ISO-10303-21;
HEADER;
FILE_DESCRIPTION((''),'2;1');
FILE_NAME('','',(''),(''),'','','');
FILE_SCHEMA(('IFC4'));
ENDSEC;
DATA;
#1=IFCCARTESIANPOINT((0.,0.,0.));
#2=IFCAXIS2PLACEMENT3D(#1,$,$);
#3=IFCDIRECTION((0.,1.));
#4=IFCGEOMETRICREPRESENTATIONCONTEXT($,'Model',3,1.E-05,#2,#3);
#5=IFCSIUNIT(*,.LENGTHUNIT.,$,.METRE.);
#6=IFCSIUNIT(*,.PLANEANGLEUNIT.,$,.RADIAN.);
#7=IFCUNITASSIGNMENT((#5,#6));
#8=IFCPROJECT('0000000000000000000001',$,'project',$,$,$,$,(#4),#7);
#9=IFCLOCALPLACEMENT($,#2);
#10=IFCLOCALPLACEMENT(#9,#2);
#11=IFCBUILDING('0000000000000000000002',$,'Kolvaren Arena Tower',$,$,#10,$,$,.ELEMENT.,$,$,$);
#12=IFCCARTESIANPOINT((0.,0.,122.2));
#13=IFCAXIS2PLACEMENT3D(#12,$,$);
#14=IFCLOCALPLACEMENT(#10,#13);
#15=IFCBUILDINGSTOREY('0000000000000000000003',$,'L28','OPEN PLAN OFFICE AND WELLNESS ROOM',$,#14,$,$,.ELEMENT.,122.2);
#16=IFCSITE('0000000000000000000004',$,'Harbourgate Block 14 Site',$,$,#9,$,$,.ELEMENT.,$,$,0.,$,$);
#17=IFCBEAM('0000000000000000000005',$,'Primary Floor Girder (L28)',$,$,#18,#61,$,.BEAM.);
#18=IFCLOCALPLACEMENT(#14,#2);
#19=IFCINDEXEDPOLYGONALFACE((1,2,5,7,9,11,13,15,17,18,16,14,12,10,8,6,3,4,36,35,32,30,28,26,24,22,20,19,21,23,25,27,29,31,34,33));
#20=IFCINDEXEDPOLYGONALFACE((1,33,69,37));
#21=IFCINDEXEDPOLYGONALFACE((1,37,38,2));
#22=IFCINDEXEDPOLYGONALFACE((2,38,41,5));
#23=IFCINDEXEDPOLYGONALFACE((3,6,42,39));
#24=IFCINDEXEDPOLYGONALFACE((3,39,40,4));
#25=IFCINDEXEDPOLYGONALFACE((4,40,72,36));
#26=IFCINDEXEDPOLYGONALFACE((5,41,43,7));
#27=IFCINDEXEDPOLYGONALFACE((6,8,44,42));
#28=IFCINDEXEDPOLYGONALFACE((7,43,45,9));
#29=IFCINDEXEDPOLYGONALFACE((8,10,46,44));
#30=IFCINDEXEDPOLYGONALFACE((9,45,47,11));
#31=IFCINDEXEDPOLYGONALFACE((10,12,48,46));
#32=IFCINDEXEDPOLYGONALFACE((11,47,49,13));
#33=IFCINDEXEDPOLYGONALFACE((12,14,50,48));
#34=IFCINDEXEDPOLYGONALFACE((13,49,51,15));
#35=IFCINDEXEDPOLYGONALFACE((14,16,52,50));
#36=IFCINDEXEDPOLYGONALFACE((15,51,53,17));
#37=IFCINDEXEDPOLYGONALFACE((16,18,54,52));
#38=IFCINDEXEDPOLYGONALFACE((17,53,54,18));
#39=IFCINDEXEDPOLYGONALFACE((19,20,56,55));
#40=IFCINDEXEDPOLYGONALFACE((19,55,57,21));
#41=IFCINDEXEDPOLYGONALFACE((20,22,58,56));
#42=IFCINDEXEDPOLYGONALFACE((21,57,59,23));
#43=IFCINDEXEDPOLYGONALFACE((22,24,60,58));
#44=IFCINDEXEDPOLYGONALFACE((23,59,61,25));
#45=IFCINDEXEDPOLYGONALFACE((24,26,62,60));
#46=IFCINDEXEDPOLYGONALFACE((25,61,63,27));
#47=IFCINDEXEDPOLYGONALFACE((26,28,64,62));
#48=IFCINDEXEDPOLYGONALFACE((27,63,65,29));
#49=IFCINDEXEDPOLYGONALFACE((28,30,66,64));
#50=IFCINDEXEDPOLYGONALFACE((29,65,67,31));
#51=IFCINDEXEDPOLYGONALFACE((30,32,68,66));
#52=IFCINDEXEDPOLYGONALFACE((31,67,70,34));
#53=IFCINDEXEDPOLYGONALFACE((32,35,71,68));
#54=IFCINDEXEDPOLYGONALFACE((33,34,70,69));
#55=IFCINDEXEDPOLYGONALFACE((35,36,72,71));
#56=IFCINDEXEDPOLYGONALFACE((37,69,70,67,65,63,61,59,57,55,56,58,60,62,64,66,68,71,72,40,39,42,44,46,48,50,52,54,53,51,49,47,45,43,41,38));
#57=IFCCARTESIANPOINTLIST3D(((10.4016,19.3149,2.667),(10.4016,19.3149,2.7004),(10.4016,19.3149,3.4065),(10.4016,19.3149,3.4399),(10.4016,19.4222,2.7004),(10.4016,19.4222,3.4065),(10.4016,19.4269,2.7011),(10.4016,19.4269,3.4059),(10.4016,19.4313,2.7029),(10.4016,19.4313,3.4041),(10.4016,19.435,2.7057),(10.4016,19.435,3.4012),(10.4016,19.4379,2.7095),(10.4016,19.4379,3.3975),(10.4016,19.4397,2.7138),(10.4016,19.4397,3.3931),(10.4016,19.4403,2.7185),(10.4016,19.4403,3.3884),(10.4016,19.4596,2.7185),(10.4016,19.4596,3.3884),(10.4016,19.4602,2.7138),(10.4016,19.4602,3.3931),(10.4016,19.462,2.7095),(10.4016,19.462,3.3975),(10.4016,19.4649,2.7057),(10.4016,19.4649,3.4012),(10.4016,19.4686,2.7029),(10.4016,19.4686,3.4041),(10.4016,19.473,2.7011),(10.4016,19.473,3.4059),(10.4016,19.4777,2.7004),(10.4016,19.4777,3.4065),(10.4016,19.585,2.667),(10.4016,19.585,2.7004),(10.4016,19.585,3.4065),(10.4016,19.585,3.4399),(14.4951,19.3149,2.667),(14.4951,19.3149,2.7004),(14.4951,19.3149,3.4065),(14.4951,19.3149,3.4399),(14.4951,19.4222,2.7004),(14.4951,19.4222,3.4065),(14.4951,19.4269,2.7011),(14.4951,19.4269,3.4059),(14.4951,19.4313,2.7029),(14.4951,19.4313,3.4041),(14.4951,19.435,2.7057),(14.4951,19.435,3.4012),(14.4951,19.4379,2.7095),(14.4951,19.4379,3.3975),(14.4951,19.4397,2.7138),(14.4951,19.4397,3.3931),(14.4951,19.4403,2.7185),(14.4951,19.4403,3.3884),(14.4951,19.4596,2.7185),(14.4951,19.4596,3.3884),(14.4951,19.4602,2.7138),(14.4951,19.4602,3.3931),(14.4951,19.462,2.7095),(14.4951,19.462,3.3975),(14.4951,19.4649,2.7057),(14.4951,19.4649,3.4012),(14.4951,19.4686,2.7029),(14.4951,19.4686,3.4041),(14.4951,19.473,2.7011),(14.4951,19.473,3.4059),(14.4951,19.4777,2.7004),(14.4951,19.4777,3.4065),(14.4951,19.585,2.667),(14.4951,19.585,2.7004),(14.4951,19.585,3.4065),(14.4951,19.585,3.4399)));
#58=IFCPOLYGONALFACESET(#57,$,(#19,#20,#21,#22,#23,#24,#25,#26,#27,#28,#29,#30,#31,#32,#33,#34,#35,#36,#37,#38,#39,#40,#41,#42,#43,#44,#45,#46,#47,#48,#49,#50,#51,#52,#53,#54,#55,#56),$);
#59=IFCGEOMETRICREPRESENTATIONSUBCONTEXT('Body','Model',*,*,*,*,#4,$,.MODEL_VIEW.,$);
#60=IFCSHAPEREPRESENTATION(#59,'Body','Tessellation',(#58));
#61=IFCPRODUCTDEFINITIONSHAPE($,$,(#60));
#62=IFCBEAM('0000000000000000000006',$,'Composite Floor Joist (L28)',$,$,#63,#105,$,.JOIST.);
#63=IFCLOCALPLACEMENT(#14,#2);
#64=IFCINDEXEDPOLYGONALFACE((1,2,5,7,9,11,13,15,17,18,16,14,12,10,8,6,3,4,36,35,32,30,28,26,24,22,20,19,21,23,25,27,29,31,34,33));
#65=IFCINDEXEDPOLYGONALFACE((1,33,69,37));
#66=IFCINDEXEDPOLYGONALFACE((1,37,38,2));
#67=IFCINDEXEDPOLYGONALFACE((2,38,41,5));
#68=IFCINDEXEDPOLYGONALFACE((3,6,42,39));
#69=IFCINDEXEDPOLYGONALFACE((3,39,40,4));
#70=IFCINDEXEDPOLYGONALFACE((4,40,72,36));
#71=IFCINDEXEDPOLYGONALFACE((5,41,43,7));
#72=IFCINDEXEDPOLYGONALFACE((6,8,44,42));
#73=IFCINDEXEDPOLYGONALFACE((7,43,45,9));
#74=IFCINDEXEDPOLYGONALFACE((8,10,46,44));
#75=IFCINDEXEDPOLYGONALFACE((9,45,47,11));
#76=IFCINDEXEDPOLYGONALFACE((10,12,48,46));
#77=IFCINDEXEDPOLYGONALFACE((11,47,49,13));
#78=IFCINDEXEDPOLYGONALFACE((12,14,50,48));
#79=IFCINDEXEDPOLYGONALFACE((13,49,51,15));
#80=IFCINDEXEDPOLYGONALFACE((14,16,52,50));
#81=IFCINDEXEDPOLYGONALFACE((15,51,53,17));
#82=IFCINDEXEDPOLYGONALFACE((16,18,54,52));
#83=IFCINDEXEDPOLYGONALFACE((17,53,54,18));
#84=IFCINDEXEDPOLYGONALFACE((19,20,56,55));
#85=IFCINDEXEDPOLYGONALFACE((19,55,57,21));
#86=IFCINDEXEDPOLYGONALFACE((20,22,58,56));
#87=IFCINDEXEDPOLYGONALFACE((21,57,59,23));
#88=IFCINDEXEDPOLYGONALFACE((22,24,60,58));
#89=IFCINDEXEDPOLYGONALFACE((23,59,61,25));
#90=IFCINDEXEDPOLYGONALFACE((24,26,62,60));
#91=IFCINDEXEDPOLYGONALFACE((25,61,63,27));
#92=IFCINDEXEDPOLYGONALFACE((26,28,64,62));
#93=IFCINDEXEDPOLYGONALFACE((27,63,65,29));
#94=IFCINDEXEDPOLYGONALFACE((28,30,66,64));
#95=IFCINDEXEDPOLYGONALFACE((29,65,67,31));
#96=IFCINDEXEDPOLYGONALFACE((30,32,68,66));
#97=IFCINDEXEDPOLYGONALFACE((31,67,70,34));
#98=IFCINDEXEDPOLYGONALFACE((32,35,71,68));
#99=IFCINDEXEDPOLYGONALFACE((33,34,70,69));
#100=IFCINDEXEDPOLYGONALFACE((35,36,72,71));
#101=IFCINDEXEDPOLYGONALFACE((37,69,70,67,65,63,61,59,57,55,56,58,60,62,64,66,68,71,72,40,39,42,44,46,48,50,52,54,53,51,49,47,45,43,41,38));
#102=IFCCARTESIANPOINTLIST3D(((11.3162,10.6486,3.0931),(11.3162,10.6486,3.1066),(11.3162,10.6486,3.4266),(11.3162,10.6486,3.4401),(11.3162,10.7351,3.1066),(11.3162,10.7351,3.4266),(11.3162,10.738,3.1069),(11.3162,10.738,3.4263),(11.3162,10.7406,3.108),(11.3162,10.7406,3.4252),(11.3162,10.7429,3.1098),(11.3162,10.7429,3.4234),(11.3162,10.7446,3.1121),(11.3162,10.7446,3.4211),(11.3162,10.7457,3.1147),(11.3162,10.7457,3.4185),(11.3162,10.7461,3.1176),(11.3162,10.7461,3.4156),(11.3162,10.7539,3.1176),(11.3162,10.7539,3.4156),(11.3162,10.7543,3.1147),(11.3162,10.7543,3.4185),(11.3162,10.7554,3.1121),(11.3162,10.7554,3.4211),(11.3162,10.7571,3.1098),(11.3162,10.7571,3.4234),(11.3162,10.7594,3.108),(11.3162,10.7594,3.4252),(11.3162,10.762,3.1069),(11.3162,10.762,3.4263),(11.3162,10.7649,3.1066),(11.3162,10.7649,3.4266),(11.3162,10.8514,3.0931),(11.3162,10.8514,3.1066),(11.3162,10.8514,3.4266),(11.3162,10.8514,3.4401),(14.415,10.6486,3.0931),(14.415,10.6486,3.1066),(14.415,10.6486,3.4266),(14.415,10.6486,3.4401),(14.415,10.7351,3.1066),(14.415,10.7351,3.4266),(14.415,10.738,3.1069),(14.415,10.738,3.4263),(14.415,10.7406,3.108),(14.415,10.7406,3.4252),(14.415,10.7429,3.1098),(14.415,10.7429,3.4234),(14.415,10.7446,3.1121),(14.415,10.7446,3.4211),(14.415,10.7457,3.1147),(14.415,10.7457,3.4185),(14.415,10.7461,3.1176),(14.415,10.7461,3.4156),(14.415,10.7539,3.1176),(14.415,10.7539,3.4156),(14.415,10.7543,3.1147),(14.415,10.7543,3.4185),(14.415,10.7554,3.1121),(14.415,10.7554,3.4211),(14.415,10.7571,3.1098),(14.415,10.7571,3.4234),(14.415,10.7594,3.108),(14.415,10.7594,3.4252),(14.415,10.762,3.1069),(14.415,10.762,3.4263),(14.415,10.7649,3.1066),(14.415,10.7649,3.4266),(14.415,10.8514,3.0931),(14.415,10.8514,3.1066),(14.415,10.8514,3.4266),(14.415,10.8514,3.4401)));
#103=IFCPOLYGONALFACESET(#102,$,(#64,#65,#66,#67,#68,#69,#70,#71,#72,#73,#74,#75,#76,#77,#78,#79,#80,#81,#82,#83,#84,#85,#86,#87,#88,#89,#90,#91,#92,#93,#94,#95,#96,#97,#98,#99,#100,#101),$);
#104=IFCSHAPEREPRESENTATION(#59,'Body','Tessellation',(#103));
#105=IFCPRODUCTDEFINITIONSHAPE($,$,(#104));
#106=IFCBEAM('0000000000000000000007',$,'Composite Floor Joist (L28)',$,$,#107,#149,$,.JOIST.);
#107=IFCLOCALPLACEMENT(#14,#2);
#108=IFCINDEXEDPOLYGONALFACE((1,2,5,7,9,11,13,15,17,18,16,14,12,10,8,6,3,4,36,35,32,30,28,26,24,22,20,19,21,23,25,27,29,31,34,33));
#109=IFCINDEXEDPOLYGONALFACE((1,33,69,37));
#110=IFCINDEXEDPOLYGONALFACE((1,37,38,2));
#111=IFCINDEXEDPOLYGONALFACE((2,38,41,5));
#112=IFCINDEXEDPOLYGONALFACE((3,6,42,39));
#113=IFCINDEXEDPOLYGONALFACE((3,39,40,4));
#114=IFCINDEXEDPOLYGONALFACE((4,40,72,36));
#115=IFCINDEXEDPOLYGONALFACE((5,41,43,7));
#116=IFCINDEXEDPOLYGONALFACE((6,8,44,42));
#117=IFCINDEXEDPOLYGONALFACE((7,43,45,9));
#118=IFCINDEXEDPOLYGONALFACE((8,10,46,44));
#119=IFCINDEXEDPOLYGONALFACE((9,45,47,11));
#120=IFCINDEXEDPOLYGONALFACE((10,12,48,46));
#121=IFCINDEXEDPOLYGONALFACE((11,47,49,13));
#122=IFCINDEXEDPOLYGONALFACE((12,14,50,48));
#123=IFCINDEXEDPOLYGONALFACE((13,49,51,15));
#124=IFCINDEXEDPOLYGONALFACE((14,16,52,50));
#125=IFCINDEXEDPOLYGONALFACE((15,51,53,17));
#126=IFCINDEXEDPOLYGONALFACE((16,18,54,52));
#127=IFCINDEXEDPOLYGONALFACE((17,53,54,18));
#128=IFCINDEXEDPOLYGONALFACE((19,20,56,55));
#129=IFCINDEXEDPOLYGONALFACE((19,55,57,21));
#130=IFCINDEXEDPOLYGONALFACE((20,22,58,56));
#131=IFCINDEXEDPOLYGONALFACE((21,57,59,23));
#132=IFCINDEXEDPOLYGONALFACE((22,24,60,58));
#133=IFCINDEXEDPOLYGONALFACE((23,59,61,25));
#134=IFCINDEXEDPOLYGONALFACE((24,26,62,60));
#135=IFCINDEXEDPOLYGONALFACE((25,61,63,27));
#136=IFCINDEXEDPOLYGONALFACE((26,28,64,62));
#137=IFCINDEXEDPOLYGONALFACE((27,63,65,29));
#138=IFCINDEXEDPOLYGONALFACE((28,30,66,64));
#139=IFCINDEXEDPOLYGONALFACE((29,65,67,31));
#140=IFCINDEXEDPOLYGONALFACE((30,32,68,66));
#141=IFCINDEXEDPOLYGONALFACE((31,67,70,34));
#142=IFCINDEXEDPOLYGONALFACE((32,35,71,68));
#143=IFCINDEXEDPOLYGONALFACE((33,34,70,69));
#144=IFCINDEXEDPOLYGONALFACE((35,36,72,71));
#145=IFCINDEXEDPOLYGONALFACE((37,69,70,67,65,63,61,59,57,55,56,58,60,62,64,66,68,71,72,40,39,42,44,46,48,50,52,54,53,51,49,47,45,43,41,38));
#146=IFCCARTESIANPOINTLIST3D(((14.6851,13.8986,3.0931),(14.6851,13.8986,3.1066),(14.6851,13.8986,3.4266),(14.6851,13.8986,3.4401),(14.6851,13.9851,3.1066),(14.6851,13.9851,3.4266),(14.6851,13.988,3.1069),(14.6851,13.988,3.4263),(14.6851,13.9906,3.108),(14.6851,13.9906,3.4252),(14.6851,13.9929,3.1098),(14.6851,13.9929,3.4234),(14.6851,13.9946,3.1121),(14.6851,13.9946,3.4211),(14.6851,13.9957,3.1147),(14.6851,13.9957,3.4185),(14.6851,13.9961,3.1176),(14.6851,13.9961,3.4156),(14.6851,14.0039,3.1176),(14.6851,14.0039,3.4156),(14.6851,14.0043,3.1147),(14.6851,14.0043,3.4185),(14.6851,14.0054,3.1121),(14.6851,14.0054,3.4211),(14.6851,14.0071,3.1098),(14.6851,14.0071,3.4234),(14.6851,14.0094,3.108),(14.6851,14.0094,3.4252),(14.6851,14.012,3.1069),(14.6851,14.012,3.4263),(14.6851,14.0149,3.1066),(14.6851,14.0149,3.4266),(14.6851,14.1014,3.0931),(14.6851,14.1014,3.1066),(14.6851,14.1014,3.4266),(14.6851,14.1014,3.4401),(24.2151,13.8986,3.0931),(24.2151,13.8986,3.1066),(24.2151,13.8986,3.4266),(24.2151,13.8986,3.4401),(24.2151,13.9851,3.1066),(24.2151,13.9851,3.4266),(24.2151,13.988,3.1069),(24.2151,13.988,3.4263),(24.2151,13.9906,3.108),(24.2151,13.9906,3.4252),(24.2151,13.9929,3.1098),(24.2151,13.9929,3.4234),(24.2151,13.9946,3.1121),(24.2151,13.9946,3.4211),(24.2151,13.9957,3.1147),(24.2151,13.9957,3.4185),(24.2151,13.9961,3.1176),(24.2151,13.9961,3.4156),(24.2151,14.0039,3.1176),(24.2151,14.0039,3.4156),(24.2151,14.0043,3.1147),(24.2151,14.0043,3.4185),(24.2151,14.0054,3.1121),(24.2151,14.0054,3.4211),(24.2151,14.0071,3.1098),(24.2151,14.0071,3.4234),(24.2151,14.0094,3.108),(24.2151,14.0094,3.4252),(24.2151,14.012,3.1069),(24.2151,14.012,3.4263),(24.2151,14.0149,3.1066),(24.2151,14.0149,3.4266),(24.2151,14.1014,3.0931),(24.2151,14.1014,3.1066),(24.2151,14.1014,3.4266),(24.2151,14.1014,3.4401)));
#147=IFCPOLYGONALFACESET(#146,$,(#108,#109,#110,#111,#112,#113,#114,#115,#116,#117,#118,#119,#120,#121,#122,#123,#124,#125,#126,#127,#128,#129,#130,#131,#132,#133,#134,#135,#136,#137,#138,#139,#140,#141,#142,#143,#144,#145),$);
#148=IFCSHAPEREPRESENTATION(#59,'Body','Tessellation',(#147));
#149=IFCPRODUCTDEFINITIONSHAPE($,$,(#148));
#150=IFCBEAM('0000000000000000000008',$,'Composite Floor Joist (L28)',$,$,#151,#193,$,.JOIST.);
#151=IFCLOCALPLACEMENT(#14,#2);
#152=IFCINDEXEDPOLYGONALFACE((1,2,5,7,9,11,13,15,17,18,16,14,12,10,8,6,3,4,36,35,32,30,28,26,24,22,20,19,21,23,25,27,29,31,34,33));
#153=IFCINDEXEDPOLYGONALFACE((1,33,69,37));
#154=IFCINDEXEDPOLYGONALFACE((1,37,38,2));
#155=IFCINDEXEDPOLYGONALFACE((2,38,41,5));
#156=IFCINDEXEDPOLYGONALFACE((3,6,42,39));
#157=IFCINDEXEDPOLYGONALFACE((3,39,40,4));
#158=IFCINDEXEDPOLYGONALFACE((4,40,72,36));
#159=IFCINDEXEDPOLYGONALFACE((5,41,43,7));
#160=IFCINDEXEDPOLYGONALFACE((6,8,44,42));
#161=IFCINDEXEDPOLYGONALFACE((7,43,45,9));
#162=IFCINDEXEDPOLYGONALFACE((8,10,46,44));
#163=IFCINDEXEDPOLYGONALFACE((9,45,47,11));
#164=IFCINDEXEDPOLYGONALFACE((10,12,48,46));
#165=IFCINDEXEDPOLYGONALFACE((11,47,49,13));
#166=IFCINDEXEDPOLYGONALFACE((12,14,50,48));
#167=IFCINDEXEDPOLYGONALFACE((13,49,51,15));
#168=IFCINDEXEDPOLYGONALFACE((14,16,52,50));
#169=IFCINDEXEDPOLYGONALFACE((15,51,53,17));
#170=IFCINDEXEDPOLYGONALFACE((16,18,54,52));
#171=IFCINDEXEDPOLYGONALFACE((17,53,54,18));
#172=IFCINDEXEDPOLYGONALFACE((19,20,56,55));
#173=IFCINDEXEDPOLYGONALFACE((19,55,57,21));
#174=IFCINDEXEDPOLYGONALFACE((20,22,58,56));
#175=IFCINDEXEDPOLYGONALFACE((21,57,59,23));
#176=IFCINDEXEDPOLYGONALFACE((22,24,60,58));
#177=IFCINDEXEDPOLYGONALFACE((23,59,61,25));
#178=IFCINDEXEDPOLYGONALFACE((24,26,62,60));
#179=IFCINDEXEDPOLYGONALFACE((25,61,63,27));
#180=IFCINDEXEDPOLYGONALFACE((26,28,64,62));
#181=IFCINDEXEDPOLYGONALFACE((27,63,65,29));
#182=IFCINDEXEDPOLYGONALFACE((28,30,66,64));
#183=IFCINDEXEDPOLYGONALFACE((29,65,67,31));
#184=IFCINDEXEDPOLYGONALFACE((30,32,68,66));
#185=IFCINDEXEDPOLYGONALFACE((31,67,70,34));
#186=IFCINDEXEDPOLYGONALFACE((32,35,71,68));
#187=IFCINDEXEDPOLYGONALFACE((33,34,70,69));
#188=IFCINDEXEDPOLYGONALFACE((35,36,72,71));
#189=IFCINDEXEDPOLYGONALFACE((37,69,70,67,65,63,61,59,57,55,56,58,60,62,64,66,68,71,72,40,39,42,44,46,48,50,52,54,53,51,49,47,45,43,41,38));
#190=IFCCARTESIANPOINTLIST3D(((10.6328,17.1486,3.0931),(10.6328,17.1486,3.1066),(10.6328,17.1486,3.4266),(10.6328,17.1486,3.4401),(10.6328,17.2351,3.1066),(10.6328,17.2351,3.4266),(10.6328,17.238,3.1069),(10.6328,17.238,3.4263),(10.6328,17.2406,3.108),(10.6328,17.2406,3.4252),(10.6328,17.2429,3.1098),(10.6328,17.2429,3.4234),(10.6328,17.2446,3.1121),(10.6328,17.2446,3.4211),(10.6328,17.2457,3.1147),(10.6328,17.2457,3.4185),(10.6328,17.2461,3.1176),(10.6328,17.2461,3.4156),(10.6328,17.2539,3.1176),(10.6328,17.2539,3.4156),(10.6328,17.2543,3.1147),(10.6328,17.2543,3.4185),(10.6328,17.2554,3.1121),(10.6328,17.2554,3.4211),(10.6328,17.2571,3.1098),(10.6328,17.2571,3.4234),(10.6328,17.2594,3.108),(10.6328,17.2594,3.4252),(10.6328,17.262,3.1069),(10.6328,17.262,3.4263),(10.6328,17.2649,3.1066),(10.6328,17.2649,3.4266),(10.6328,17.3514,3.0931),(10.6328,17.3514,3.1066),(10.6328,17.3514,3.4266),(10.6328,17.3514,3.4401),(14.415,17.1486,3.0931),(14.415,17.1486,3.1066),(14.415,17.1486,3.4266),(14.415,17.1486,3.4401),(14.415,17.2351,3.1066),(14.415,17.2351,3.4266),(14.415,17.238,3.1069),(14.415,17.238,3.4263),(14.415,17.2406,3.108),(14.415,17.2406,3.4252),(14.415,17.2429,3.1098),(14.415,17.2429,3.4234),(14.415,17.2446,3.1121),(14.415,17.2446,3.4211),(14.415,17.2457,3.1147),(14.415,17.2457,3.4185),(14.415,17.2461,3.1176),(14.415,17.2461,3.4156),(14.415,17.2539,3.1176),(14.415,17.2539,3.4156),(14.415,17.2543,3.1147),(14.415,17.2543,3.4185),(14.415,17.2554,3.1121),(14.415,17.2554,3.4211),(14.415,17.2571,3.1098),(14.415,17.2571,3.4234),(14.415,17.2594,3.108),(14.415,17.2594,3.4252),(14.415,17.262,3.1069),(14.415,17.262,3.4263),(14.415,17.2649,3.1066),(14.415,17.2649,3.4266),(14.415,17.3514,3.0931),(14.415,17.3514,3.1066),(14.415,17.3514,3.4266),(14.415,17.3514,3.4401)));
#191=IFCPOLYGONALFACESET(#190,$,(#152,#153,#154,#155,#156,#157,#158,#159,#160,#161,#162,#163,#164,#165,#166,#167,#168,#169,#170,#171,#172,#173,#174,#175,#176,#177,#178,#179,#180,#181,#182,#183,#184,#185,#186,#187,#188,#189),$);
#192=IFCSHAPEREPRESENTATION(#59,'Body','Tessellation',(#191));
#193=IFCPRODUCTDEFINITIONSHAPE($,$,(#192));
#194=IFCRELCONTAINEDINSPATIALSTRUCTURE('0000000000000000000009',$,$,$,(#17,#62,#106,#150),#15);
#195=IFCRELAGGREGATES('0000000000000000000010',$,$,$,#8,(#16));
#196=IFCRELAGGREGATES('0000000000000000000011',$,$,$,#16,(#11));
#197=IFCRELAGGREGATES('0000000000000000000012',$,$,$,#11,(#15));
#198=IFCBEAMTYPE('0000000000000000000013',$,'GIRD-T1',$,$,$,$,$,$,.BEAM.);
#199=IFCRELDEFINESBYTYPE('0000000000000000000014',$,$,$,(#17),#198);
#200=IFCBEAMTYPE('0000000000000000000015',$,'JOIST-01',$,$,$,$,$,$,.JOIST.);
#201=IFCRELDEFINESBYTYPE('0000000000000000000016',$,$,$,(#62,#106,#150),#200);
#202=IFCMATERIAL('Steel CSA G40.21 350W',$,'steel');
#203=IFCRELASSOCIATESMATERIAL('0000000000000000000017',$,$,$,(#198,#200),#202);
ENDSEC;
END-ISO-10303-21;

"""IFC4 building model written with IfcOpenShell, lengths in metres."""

from ifc_helpers import new_model, si_unit, direction, frame, origin, origin_2d, place, context, subcontext, project, spatial, i_section, extrude, material, material_profile, profile_set, type_object, element, save


model = new_model("IFC4")

# Units and contexts
model_context = context("Model", 3, precision=1e-05, world=origin(), true_north=direction((0.0, 1.0)))
body_context = subcontext(model_context, "Body", "Model", "MODEL_VIEW")
ifc_project = project(units=[si_unit("LENGTHUNIT", "METRE"), si_unit("PLANEANGLEUNIT", "RADIAN")], contexts=[model_context])

# Site, building, storey
site_placement = place(None, origin())
site = spatial("IfcSite", under=ifc_project, at=site_placement, Name="Harbourgate Block 14 Site", CompositionType="ELEMENT", RefElevation=0.0)
building_placement = place(site_placement, origin())
building = spatial("IfcBuilding", under=site, at=building_placement, Name="Kolvaren Arena Tower", CompositionType="ELEMENT")
storey_placement = place(building_placement, frame((0.0, 0.0, 122.2)))
storey = spatial("IfcBuildingStorey", under=building, at=storey_placement, Name="L28", Description="OPEN PLAN OFFICE AND WELLNESS ROOM", CompositionType="ELEMENT", Elevation=122.2)

# Beams
ifc_material_1 = material(Name="Steel CSA G40.21 350W", Category="steel")
ifc_material_profile_1 = material_profile(ifc_material_1, i_section(OverallWidth=0.27, OverallDepth=0.7729, WebThickness=0.0193, FlangeThickness=0.0334, FilletRadius=0.0181, at=origin_2d()), Name="W760x257")
ifc_profile_set_1 = profile_set([ifc_material_profile_1], Name="Steel CSA G40.21 350W")
beam_type_1 = type_object("IfcBeamType", Name="GIRD-T1", PredefinedType="BEAM", material=ifc_profile_set_1)
beam_1_placement = place(storey_placement, frame((10.4016, 19.45, 3.0535), z_axis=(1.0, 0.0, 0.0), x_axis=(0.0, 1.0, 0.0)))
element("IfcBeam", 1, at=beam_1_placement, inside=storey, type_object=beam_type_1, Name="Primary Floor Girder (L28)", PredefinedType="BEAM", context=body_context, shape_type="SweptSolid", body=[
    extrude(i_section(OverallWidth=0.27, OverallDepth=0.7729, WebThickness=0.0193, FlangeThickness=0.0334, FilletRadius=0.0181, at=origin_2d()), origin(), (0.0, 0.0, 1.0), 4.0935),
])
ifc_material_profile_2 = material_profile(ifc_material_1, i_section(OverallWidth=0.2029, OverallDepth=0.3469, WebThickness=0.0078, FlangeThickness=0.0134, FilletRadius=0.011, at=origin_2d()), Name="W360x64")
ifc_profile_set_2 = profile_set([ifc_material_profile_2], Name="Steel CSA G40.21 350W")
beam_type_2 = type_object("IfcBeamType", Name="JOIST-01", PredefinedType="JOIST", material=ifc_profile_set_2)
beam_2_placement = place(storey_placement, frame((11.3162, 10.75, 3.2666), z_axis=(1.0, 0.0, 0.0), x_axis=(0.0, 1.0, 0.0)))
element("IfcBeam", 2, at=beam_2_placement, inside=storey, type_object=beam_type_2, Name="Composite Floor Joist (L28)", PredefinedType="JOIST", context=body_context, shape_type="SweptSolid", body=[
    extrude(i_section(OverallWidth=0.2029, OverallDepth=0.3469, WebThickness=0.0078, FlangeThickness=0.0134, FilletRadius=0.011, at=origin_2d()), origin(), (0.0, 0.0, 1.0), 3.0989),
])
beam_3_placement = place(storey_placement, frame((14.6851, 14.0, 3.2666), z_axis=(1.0, 0.0, 0.0), x_axis=(0.0, 1.0, 0.0)))
element("IfcBeam", 3, at=beam_3_placement, inside=storey, type_object=beam_type_2, Name="Composite Floor Joist (L28)", PredefinedType="JOIST", context=body_context, shape_type="SweptSolid", body=[
    extrude(i_section(OverallWidth=0.2029, OverallDepth=0.3469, WebThickness=0.0078, FlangeThickness=0.0134, FilletRadius=0.011, at=origin_2d()), origin(), (0.0, 0.0, 1.0), 9.53),
])
beam_4_placement = place(storey_placement, frame((10.6328, 17.25, 3.2666), z_axis=(1.0, 0.0, 0.0), x_axis=(0.0, 1.0, 0.0)))
element("IfcBeam", 4, at=beam_4_placement, inside=storey, type_object=beam_type_2, Name="Composite Floor Joist (L28)", PredefinedType="JOIST", context=body_context, shape_type="SweptSolid", body=[
    extrude(i_section(OverallWidth=0.2029, OverallDepth=0.3469, WebThickness=0.0078, FlangeThickness=0.0134, FilletRadius=0.011, at=origin_2d()), origin(), (0.0, 0.0, 1.0), 3.7822),
])

save(model, "model.ifc")
